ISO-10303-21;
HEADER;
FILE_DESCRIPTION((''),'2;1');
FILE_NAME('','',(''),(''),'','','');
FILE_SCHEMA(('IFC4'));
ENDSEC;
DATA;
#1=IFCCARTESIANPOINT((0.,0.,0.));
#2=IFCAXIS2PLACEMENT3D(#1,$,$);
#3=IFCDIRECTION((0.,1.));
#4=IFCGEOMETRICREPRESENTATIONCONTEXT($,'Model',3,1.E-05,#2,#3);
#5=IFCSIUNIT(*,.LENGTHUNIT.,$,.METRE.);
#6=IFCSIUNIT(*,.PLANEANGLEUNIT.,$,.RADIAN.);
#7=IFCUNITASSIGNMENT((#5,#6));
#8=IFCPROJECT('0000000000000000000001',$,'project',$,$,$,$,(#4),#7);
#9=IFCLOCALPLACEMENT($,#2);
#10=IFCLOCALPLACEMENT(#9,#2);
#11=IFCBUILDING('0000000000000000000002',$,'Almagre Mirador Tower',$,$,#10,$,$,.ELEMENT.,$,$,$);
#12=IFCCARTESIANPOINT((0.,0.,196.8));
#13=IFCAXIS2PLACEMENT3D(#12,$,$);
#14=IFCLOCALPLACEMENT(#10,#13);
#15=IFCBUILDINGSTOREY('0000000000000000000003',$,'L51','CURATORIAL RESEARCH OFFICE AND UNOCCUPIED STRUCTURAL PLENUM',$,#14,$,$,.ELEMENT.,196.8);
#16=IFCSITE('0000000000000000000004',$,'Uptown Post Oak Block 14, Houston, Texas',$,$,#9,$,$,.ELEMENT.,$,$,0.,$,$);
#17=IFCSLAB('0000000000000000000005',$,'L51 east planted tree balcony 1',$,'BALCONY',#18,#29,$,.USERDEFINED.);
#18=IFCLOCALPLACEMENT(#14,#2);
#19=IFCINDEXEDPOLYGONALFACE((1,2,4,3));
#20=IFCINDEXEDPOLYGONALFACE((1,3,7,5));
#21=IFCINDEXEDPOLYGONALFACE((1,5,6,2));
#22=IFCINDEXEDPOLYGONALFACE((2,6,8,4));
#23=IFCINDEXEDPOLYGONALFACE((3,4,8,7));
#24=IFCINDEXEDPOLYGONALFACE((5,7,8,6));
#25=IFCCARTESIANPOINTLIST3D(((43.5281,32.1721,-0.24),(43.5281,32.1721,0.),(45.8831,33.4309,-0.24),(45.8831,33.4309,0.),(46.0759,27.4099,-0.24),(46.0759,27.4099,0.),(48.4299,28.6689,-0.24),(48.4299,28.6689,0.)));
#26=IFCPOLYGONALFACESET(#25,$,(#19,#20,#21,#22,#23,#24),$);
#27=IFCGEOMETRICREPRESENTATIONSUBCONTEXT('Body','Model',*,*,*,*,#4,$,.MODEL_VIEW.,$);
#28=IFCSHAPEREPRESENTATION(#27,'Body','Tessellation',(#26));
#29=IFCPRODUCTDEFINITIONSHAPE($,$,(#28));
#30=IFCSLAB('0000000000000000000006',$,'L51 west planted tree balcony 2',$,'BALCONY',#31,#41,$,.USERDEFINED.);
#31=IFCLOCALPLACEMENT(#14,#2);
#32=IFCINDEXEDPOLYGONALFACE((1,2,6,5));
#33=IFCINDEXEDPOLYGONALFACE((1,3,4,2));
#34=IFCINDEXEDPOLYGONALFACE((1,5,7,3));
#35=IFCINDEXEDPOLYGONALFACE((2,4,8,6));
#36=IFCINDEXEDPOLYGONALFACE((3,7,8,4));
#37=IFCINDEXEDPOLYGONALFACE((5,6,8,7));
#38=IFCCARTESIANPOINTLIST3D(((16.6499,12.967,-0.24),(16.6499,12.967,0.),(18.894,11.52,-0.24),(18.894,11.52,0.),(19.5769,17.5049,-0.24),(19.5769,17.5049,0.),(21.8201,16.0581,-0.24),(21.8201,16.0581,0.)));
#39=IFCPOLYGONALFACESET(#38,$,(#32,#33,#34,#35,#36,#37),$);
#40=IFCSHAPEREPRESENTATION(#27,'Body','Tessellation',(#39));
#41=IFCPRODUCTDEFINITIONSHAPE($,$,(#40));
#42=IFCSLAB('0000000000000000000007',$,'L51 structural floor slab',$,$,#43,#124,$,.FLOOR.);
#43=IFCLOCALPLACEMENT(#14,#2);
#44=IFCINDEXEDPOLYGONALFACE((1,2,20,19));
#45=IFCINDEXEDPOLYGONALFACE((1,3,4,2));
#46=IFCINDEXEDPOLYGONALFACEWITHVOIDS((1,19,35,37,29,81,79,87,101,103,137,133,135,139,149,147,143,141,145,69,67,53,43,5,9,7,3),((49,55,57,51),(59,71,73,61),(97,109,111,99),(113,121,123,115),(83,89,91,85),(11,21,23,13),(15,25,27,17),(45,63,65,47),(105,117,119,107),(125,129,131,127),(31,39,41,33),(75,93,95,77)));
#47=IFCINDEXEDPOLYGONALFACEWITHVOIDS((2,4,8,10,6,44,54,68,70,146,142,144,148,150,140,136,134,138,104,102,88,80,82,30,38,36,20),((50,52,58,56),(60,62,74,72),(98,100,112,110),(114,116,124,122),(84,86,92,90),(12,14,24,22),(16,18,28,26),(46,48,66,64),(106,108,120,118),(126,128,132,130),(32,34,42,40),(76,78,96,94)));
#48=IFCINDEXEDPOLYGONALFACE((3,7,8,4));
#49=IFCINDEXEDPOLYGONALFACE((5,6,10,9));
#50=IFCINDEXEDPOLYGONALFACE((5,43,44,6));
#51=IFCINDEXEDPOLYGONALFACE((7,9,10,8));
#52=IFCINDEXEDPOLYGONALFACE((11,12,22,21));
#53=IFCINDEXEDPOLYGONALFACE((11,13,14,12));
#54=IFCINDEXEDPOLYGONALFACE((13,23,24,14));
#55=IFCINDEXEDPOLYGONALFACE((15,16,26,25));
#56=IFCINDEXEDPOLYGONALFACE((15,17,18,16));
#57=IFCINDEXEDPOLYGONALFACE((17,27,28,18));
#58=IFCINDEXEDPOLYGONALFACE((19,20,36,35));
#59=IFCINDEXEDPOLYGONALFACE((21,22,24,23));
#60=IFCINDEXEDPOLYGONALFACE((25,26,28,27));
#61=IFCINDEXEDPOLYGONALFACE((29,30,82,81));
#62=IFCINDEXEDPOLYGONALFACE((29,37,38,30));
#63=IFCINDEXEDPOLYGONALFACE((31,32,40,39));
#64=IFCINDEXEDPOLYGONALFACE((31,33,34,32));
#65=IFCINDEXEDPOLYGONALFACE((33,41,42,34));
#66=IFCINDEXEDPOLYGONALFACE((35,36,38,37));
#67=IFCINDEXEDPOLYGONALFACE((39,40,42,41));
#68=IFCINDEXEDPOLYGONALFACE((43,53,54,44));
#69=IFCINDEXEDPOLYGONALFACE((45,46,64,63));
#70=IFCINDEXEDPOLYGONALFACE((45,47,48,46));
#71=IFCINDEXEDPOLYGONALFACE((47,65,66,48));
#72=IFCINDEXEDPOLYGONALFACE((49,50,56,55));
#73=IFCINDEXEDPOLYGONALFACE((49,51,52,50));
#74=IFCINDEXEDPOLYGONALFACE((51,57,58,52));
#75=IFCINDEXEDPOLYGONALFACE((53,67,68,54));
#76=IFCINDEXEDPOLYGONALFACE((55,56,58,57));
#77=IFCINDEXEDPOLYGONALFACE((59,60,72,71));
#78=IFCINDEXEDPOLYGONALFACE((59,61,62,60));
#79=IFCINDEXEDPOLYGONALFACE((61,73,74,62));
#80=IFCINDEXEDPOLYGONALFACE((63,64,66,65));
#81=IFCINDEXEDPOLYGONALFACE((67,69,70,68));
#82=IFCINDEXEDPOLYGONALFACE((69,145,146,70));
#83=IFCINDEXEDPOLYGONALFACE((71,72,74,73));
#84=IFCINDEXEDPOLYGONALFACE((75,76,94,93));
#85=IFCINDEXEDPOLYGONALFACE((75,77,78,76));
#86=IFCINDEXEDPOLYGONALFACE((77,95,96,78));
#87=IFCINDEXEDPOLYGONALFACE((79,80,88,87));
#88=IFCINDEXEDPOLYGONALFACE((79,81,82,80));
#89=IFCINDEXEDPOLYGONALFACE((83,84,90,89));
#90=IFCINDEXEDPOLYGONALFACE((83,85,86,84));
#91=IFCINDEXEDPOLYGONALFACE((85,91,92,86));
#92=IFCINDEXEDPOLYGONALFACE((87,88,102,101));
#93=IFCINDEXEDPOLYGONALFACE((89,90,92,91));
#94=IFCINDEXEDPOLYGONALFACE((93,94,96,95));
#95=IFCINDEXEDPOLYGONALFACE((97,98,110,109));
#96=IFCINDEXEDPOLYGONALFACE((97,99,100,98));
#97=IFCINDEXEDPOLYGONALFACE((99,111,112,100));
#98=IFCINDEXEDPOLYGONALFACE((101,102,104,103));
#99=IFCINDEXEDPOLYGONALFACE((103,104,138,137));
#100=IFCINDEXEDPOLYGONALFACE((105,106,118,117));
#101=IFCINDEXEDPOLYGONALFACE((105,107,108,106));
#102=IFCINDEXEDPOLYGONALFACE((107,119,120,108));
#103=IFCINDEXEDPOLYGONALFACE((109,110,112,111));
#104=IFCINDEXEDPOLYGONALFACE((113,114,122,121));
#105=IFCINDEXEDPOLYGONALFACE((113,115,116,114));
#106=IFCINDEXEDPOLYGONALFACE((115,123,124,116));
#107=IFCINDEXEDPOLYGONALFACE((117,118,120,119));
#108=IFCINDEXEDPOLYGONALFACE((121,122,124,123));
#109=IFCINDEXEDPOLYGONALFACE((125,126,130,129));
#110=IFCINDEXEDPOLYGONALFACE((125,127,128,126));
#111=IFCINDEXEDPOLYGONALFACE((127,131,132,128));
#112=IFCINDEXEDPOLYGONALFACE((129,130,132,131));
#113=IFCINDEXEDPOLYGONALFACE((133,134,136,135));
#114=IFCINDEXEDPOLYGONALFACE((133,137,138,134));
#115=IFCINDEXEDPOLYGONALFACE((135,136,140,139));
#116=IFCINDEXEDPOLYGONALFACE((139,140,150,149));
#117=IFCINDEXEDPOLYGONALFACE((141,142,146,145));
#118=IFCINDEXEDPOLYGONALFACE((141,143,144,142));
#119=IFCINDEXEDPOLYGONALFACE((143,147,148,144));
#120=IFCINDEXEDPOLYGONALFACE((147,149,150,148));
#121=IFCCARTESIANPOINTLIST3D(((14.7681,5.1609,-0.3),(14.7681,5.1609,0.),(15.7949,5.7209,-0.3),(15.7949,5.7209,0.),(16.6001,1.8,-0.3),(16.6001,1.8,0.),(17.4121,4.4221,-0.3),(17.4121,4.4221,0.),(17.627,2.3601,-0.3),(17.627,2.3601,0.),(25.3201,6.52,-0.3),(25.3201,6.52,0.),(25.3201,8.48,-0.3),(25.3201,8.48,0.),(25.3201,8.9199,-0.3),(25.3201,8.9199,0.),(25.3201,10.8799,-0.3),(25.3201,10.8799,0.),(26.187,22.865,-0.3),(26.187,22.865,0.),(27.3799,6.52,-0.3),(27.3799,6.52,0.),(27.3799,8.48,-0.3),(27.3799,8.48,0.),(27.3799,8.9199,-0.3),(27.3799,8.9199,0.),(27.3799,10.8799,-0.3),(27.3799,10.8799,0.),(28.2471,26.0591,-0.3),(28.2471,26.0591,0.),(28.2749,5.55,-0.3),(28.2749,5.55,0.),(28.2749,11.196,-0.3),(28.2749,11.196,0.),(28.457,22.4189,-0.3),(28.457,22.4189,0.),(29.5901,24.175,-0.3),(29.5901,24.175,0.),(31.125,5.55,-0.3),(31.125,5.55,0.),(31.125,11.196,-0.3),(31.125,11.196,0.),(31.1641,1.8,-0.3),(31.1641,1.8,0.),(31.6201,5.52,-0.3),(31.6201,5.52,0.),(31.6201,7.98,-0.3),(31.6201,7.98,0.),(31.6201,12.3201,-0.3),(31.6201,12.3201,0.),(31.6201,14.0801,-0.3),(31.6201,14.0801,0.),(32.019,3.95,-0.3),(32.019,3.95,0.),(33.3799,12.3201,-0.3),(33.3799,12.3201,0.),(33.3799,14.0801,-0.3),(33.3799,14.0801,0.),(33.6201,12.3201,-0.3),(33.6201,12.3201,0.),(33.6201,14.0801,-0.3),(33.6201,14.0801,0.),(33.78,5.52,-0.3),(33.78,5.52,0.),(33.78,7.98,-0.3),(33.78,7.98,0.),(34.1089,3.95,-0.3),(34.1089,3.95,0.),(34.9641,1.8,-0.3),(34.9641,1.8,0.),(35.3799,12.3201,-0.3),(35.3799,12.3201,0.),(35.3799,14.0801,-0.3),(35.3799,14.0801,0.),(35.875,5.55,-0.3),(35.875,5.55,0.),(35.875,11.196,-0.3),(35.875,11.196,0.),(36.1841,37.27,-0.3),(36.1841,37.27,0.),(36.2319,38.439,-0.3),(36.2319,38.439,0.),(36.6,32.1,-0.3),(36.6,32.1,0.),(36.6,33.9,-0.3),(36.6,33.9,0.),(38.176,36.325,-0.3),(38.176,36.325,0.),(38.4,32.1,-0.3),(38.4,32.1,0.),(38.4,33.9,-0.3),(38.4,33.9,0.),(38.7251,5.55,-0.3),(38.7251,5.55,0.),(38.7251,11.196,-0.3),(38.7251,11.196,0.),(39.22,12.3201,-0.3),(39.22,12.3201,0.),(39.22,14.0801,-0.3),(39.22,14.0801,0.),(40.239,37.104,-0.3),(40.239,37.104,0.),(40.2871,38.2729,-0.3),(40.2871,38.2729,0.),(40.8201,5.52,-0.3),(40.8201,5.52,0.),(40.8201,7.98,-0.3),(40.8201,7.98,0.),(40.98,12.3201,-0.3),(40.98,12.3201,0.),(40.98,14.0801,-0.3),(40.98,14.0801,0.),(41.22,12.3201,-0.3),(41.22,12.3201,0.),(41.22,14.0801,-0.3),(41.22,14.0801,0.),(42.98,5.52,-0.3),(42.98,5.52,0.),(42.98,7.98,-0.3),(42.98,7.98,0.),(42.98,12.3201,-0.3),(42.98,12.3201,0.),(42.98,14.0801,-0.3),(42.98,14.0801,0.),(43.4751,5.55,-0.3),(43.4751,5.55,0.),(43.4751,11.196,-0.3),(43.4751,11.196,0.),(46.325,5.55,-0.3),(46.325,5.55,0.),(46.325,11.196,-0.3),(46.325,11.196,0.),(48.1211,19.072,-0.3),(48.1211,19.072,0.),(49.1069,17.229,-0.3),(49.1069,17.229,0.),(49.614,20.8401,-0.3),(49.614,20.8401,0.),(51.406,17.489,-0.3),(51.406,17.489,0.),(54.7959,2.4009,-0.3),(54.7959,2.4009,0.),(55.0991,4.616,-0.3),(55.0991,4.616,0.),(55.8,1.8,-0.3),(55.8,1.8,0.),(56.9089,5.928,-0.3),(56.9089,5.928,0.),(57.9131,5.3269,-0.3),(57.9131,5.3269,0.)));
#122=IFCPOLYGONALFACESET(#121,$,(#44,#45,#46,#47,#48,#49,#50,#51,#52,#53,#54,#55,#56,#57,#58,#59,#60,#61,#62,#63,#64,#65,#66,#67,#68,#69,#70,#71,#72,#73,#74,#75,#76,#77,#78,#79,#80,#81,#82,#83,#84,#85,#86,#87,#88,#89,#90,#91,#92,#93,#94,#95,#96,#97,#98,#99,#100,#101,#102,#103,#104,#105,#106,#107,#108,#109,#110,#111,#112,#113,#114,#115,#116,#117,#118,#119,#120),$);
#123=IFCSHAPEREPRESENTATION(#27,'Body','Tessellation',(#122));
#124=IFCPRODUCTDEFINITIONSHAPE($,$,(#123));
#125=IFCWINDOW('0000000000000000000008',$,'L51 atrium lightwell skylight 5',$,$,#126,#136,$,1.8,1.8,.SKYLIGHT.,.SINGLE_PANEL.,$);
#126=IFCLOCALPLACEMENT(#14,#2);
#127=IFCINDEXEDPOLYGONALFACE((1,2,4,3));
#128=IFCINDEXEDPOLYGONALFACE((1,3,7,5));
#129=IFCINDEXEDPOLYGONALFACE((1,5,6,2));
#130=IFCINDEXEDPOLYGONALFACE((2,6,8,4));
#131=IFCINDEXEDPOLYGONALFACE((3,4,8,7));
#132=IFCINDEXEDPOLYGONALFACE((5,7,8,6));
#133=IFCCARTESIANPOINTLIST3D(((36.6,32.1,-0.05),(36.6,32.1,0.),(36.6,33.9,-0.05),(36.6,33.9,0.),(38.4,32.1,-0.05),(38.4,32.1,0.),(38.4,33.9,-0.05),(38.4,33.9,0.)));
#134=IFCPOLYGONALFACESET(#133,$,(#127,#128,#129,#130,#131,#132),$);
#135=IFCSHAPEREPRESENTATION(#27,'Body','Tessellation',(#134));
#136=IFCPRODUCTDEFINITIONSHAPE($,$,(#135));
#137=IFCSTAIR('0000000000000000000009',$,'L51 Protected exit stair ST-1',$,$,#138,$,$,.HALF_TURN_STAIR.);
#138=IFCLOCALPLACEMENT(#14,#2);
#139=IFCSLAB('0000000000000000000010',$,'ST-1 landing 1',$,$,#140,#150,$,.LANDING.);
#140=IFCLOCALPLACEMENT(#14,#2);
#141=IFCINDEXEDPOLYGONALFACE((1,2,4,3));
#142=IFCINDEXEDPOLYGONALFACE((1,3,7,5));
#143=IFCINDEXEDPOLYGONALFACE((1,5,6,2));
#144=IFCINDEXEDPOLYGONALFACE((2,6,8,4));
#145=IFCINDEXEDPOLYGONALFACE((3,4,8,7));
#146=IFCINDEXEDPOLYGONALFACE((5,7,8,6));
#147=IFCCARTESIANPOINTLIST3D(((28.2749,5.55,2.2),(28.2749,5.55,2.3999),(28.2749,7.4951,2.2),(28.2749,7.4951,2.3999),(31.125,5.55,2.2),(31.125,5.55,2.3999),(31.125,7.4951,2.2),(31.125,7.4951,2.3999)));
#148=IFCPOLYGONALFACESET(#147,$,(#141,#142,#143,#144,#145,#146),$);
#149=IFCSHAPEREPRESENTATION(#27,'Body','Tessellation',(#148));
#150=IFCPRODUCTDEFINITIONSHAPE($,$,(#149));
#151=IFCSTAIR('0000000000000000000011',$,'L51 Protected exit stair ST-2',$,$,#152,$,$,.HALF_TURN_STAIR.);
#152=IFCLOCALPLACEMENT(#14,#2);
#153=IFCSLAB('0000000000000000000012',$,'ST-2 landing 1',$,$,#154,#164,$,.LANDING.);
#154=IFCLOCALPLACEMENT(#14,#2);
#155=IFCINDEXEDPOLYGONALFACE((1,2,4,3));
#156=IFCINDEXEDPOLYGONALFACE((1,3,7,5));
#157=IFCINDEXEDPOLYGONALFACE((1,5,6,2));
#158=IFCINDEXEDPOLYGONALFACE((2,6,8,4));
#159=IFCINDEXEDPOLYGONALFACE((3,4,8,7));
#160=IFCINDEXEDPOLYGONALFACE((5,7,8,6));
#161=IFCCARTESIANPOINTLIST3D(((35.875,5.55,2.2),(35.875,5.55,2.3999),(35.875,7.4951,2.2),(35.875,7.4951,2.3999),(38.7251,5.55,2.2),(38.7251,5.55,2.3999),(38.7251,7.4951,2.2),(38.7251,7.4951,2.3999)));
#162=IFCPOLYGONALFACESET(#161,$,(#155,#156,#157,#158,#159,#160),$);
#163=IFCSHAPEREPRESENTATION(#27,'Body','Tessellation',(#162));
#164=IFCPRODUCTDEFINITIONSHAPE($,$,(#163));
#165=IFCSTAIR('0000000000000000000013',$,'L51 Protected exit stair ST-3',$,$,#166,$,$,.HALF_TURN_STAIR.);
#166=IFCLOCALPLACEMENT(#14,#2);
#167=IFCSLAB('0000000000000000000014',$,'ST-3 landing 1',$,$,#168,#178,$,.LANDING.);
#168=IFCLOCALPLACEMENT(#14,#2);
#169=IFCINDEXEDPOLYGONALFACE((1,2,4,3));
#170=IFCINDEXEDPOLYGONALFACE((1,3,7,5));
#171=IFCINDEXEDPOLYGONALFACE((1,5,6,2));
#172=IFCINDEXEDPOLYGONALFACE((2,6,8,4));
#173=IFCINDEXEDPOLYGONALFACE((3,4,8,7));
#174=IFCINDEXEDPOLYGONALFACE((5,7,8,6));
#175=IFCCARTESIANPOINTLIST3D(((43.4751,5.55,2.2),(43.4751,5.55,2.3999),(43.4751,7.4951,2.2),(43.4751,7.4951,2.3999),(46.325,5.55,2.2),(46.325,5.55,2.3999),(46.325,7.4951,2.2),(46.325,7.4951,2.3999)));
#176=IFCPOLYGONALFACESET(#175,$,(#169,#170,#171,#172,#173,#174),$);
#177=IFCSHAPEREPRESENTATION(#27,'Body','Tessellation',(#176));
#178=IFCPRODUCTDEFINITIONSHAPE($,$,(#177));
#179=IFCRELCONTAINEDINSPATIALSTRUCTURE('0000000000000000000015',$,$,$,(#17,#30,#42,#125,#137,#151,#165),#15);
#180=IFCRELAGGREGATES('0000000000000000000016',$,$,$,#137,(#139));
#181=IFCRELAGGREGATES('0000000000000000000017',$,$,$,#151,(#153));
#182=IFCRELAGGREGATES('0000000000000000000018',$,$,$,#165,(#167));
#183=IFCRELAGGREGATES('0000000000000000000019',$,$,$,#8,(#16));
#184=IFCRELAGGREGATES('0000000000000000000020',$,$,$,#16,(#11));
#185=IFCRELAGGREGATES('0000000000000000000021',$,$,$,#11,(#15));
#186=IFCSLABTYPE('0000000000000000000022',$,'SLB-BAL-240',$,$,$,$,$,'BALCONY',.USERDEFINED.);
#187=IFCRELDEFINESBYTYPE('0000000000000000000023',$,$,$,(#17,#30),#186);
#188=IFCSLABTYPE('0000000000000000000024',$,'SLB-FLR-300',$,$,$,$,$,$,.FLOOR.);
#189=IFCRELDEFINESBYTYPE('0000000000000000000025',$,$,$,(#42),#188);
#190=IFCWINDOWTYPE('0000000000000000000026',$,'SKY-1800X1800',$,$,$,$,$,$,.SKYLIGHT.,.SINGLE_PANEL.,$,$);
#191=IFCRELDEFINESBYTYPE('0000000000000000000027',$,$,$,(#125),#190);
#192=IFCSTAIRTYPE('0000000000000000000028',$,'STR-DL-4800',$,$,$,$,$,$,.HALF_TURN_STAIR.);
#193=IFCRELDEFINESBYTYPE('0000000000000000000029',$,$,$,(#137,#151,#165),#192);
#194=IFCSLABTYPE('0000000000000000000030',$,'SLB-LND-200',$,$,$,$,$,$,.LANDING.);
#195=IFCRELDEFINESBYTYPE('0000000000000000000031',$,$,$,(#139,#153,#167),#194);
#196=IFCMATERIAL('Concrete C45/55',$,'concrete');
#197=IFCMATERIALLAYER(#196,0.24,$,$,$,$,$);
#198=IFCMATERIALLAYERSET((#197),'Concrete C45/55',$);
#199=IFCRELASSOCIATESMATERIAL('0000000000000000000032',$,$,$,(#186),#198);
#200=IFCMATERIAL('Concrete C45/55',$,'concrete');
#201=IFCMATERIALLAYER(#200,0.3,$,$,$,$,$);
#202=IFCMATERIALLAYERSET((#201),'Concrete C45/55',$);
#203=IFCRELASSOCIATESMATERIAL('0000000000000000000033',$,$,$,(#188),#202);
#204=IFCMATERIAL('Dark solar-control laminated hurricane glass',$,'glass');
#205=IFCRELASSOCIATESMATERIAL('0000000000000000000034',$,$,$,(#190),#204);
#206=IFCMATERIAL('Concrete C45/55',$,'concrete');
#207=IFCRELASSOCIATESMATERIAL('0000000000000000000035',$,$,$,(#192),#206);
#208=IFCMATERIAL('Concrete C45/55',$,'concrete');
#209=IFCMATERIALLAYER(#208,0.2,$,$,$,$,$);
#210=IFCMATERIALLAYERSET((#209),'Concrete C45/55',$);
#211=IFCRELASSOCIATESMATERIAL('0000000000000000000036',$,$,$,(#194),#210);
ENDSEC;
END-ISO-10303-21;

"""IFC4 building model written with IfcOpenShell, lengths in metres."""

from ifc_helpers import new_model, si_unit, direction, frame, origin, origin_2d, place, context, subcontext, project, spatial, polyline, rectangle, outline, extrude, material, layer, layer_set, type_object, element, fill, aggregate, save


model = new_model("IFC4")

# Units and contexts
model_context = context("Model", 3, precision=1e-05, world=origin(), true_north=direction((0.0, 1.0)))
body_context = subcontext(model_context, "Body", "Model", "MODEL_VIEW")
ifc_project = project(units=[si_unit("LENGTHUNIT", "METRE"), si_unit("PLANEANGLEUNIT", "RADIAN")], contexts=[model_context])

# Site, building, storey
site_placement = place(None, origin())
site = spatial("IfcSite", under=ifc_project, at=site_placement, Name="Uptown Post Oak Block 14, Houston, Texas", CompositionType="ELEMENT", RefElevation=0.0)
building_placement = place(site_placement, origin())
building = spatial("IfcBuilding", under=site, at=building_placement, Name="Almagre Mirador Tower", CompositionType="ELEMENT")
storey_placement = place(building_placement, frame((0.0, 0.0, 196.8)))
storey = spatial("IfcBuildingStorey", under=building, at=storey_placement, Name="L51", Description="CURATORIAL RESEARCH OFFICE AND UNOCCUPIED STRUCTURAL PLENUM", CompositionType="ELEMENT", Elevation=196.8)

# Slabs
ifc_material_1 = material(Name="Concrete C45/55", Category="concrete")
ifc_layer_1 = layer(ifc_material_1, 0.24)
ifc_layer_set_1 = layer_set([ifc_layer_1], Name="Concrete C45/55")
slab_type_1 = type_object("IfcSlabType", Name="SLB-BAL-240", ElementType="BALCONY", PredefinedType="USERDEFINED", material=ifc_layer_set_1)
slab_1_placement = place(storey_placement, frame((0.0, 0.0, -0.24)))
element("IfcSlab", 1, at=slab_1_placement, inside=storey, type_object=slab_type_1, Name="L51 east planted tree balcony 1", ObjectType="BALCONY", PredefinedType="USERDEFINED", context=body_context, shape_type="SweptSolid", body=[
    extrude(outline(polyline([(46.0759, 27.4099), (43.5281, 32.1721), (45.8831, 33.4309), (48.4299, 28.6689), (46.0759, 27.4099)])), origin(), (0.0, 0.0, 1.0), 0.24),
])
slab_2_placement = place(storey_placement, frame((0.0, 0.0, -0.24)))
element("IfcSlab", 2, at=slab_2_placement, inside=storey, type_object=slab_type_1, Name="L51 west planted tree balcony 2", ObjectType="BALCONY", PredefinedType="USERDEFINED", context=body_context, shape_type="SweptSolid", body=[
    extrude(outline(polyline([(21.8201, 16.0581), (18.894, 11.52), (16.6499, 12.967), (19.5769, 17.5049), (21.8201, 16.0581)])), origin(), (0.0, 0.0, 1.0), 0.24),
])

# Slab, opening, window
ifc_material_2 = material(Name="Concrete C45/55", Category="concrete")
ifc_layer_2 = layer(ifc_material_2, 0.3)
ifc_layer_set_2 = layer_set([ifc_layer_2], Name="Concrete C45/55")
slab_type_2 = type_object("IfcSlabType", Name="SLB-FLR-300", PredefinedType="FLOOR", material=ifc_layer_set_2)
slab_3_placement = place(storey_placement, frame((0.0, 0.0, -0.3)))
slab_3 = element("IfcSlab", 3, at=slab_3_placement, inside=storey, type_object=slab_type_2, Name="L51 structural floor slab", PredefinedType="FLOOR", context=body_context, shape_type="SweptSolid", body=[
    extrude(outline(polyline([(14.7681, 5.1609), (15.7949, 5.7209), (17.4121, 4.4221), (17.627, 2.3601), (16.6001, 1.8), (31.1641, 1.8), (32.019, 3.95), (34.1089, 3.95), (34.9641, 1.8), (55.8, 1.8), (54.7959, 2.4009), (55.0991, 4.616), (56.9089, 5.928), (57.9131, 5.3269), (51.406, 17.489), (49.1069, 17.229), (48.1211, 19.072), (49.614, 20.8401), (40.2871, 38.2729), (40.239, 37.104), (38.176, 36.325), (36.1841, 37.27), (36.2319, 38.439), (28.2471, 26.0591), (29.5901, 24.175), (28.457, 22.4189), (26.187, 22.865), (14.7681, 5.1609)]), holes=[polyline([(43.4751, 5.55), (43.4751, 11.196), (46.325, 11.196), (46.325, 5.55), (43.4751, 5.55)]), polyline([(40.8201, 5.52), (40.8201, 7.98), (42.98, 7.98), (42.98, 5.52), (40.8201, 5.52)]), polyline([(41.22, 12.3201), (41.22, 14.0801), (42.98, 14.0801), (42.98, 12.3201), (41.22, 12.3201)]), polyline([(39.22, 12.3201), (39.22, 14.0801), (40.98, 14.0801), (40.98, 12.3201), (39.22, 12.3201)]), polyline([(35.875, 11.196), (38.7251, 11.196), (38.7251, 5.55), (35.875, 5.55), (35.875, 11.196)]), polyline([(35.3799, 12.3201), (33.6201, 12.3201), (33.6201, 14.0801), (35.3799, 14.0801), (35.3799, 12.3201)]), polyline([(33.78, 5.52), (31.6201, 5.52), (31.6201, 7.98), (33.78, 7.98), (33.78, 5.52)]), polyline([(31.6201, 12.3201), (31.6201, 14.0801), (33.3799, 14.0801), (33.3799, 12.3201), (31.6201, 12.3201)]), polyline([(28.2749, 5.55), (28.2749, 11.196), (31.125, 11.196), (31.125, 5.55), (28.2749, 5.55)]), polyline([(25.3201, 8.9199), (25.3201, 10.8799), (27.3799, 10.8799), (27.3799, 8.9199), (25.3201, 8.9199)]), polyline([(27.3799, 6.52), (25.3201, 6.52), (25.3201, 8.48), (27.3799, 8.48), (27.3799, 6.52)])]), origin(), (0.0, 0.0, 1.0), 0.3),
])
opening_1_placement = place(slab_3_placement, frame((37.5, 33.0, 0.0)))
opening_1 = element("IfcOpeningElement", 4, at=opening_1_placement, cuts=slab_3, PredefinedType="OPENING", context=body_context, shape_type="SweptSolid", body=[
    extrude(rectangle(XDim=1.8, YDim=1.8, at=origin_2d()), origin(), (0.0, 0.0, 1.0), 0.3),
])
ifc_material_3 = material(Name="Dark solar-control laminated hurricane glass", Category="glass")
window_type_1 = type_object("IfcWindowType", Name="SKY-1800X1800", PartitioningType="SINGLE_PANEL", PredefinedType="SKYLIGHT", material=ifc_material_3)
window_1_placement = place(opening_1_placement, frame((0.0, 0.0, 0.25)))
window_1 = element("IfcWindow", 5, at=window_1_placement, inside=storey, type_object=window_type_1, Name="L51 atrium lightwell skylight 5", OverallHeight=1.8, OverallWidth=1.8, PartitioningType="SINGLE_PANEL", PredefinedType="SKYLIGHT", context=body_context, shape_type="SweptSolid", body=[
    extrude(rectangle(XDim=1.8, YDim=1.8, at=origin_2d()), origin(), (0.0, 0.0, 1.0), 0.05),
])
fill(opening_1, window_1)

# Stairs, slabs
ifc_material_4 = material(Name="Concrete C45/55", Category="concrete")
stair_type = type_object("IfcStairType", Name="STR-DL-4800", PredefinedType="HALF_TURN_STAIR", material=ifc_material_4)
stair_1_placement = place(storey_placement, origin())
stair_1 = element("IfcStair", 6, at=stair_1_placement, inside=storey, type_object=stair_type, Name="L51 Protected exit stair ST-1", PredefinedType="HALF_TURN_STAIR")
ifc_material_5 = material(Name="Concrete C45/55", Category="concrete")
ifc_layer_3 = layer(ifc_material_5, 0.2)
ifc_layer_set_3 = layer_set([ifc_layer_3], Name="Concrete C45/55")
slab_type_3 = type_object("IfcSlabType", Name="SLB-LND-200", PredefinedType="LANDING", material=ifc_layer_set_3)
slab_4_placement = place(storey_placement, frame((0.0, 0.0, 2.2)))
slab_4 = element("IfcSlab", 7, at=slab_4_placement, type_object=slab_type_3, Name="ST-1 landing 1", PredefinedType="LANDING", context=body_context, shape_type="SweptSolid", body=[
    extrude(outline(polyline([(28.2749, 7.4951), (28.2749, 5.55), (31.125, 5.55), (31.125, 7.4951), (28.2749, 7.4951)])), origin(), (0.0, 0.0, 1.0), 0.2),
])
aggregate(stair_1, [slab_4])
stair_2_placement = place(storey_placement, origin())
stair_2 = element("IfcStair", 8, at=stair_2_placement, inside=storey, type_object=stair_type, Name="L51 Protected exit stair ST-2", PredefinedType="HALF_TURN_STAIR")
slab_5_placement = place(storey_placement, frame((0.0, 0.0, 2.2)))
slab_5 = element("IfcSlab", 9, at=slab_5_placement, type_object=slab_type_3, Name="ST-2 landing 1", PredefinedType="LANDING", context=body_context, shape_type="SweptSolid", body=[
    extrude(outline(polyline([(35.875, 7.4951), (35.875, 5.55), (38.7251, 5.55), (38.7251, 7.4951), (35.875, 7.4951)])), origin(), (0.0, 0.0, 1.0), 0.2),
])
aggregate(stair_2, [slab_5])
stair_3_placement = place(storey_placement, origin())
stair_3 = element("IfcStair", 10, at=stair_3_placement, inside=storey, type_object=stair_type, Name="L51 Protected exit stair ST-3", PredefinedType="HALF_TURN_STAIR")
slab_6_placement = place(storey_placement, frame((0.0, 0.0, 2.2)))
slab_6 = element("IfcSlab", 11, at=slab_6_placement, type_object=slab_type_3, Name="ST-3 landing 1", PredefinedType="LANDING", context=body_context, shape_type="SweptSolid", body=[
    extrude(outline(polyline([(43.4751, 7.4951), (43.4751, 5.55), (46.325, 5.55), (46.325, 7.4951), (43.4751, 7.4951)])), origin(), (0.0, 0.0, 1.0), 0.2),
])
aggregate(stair_3, [slab_6])

save(model, "model.ifc")
